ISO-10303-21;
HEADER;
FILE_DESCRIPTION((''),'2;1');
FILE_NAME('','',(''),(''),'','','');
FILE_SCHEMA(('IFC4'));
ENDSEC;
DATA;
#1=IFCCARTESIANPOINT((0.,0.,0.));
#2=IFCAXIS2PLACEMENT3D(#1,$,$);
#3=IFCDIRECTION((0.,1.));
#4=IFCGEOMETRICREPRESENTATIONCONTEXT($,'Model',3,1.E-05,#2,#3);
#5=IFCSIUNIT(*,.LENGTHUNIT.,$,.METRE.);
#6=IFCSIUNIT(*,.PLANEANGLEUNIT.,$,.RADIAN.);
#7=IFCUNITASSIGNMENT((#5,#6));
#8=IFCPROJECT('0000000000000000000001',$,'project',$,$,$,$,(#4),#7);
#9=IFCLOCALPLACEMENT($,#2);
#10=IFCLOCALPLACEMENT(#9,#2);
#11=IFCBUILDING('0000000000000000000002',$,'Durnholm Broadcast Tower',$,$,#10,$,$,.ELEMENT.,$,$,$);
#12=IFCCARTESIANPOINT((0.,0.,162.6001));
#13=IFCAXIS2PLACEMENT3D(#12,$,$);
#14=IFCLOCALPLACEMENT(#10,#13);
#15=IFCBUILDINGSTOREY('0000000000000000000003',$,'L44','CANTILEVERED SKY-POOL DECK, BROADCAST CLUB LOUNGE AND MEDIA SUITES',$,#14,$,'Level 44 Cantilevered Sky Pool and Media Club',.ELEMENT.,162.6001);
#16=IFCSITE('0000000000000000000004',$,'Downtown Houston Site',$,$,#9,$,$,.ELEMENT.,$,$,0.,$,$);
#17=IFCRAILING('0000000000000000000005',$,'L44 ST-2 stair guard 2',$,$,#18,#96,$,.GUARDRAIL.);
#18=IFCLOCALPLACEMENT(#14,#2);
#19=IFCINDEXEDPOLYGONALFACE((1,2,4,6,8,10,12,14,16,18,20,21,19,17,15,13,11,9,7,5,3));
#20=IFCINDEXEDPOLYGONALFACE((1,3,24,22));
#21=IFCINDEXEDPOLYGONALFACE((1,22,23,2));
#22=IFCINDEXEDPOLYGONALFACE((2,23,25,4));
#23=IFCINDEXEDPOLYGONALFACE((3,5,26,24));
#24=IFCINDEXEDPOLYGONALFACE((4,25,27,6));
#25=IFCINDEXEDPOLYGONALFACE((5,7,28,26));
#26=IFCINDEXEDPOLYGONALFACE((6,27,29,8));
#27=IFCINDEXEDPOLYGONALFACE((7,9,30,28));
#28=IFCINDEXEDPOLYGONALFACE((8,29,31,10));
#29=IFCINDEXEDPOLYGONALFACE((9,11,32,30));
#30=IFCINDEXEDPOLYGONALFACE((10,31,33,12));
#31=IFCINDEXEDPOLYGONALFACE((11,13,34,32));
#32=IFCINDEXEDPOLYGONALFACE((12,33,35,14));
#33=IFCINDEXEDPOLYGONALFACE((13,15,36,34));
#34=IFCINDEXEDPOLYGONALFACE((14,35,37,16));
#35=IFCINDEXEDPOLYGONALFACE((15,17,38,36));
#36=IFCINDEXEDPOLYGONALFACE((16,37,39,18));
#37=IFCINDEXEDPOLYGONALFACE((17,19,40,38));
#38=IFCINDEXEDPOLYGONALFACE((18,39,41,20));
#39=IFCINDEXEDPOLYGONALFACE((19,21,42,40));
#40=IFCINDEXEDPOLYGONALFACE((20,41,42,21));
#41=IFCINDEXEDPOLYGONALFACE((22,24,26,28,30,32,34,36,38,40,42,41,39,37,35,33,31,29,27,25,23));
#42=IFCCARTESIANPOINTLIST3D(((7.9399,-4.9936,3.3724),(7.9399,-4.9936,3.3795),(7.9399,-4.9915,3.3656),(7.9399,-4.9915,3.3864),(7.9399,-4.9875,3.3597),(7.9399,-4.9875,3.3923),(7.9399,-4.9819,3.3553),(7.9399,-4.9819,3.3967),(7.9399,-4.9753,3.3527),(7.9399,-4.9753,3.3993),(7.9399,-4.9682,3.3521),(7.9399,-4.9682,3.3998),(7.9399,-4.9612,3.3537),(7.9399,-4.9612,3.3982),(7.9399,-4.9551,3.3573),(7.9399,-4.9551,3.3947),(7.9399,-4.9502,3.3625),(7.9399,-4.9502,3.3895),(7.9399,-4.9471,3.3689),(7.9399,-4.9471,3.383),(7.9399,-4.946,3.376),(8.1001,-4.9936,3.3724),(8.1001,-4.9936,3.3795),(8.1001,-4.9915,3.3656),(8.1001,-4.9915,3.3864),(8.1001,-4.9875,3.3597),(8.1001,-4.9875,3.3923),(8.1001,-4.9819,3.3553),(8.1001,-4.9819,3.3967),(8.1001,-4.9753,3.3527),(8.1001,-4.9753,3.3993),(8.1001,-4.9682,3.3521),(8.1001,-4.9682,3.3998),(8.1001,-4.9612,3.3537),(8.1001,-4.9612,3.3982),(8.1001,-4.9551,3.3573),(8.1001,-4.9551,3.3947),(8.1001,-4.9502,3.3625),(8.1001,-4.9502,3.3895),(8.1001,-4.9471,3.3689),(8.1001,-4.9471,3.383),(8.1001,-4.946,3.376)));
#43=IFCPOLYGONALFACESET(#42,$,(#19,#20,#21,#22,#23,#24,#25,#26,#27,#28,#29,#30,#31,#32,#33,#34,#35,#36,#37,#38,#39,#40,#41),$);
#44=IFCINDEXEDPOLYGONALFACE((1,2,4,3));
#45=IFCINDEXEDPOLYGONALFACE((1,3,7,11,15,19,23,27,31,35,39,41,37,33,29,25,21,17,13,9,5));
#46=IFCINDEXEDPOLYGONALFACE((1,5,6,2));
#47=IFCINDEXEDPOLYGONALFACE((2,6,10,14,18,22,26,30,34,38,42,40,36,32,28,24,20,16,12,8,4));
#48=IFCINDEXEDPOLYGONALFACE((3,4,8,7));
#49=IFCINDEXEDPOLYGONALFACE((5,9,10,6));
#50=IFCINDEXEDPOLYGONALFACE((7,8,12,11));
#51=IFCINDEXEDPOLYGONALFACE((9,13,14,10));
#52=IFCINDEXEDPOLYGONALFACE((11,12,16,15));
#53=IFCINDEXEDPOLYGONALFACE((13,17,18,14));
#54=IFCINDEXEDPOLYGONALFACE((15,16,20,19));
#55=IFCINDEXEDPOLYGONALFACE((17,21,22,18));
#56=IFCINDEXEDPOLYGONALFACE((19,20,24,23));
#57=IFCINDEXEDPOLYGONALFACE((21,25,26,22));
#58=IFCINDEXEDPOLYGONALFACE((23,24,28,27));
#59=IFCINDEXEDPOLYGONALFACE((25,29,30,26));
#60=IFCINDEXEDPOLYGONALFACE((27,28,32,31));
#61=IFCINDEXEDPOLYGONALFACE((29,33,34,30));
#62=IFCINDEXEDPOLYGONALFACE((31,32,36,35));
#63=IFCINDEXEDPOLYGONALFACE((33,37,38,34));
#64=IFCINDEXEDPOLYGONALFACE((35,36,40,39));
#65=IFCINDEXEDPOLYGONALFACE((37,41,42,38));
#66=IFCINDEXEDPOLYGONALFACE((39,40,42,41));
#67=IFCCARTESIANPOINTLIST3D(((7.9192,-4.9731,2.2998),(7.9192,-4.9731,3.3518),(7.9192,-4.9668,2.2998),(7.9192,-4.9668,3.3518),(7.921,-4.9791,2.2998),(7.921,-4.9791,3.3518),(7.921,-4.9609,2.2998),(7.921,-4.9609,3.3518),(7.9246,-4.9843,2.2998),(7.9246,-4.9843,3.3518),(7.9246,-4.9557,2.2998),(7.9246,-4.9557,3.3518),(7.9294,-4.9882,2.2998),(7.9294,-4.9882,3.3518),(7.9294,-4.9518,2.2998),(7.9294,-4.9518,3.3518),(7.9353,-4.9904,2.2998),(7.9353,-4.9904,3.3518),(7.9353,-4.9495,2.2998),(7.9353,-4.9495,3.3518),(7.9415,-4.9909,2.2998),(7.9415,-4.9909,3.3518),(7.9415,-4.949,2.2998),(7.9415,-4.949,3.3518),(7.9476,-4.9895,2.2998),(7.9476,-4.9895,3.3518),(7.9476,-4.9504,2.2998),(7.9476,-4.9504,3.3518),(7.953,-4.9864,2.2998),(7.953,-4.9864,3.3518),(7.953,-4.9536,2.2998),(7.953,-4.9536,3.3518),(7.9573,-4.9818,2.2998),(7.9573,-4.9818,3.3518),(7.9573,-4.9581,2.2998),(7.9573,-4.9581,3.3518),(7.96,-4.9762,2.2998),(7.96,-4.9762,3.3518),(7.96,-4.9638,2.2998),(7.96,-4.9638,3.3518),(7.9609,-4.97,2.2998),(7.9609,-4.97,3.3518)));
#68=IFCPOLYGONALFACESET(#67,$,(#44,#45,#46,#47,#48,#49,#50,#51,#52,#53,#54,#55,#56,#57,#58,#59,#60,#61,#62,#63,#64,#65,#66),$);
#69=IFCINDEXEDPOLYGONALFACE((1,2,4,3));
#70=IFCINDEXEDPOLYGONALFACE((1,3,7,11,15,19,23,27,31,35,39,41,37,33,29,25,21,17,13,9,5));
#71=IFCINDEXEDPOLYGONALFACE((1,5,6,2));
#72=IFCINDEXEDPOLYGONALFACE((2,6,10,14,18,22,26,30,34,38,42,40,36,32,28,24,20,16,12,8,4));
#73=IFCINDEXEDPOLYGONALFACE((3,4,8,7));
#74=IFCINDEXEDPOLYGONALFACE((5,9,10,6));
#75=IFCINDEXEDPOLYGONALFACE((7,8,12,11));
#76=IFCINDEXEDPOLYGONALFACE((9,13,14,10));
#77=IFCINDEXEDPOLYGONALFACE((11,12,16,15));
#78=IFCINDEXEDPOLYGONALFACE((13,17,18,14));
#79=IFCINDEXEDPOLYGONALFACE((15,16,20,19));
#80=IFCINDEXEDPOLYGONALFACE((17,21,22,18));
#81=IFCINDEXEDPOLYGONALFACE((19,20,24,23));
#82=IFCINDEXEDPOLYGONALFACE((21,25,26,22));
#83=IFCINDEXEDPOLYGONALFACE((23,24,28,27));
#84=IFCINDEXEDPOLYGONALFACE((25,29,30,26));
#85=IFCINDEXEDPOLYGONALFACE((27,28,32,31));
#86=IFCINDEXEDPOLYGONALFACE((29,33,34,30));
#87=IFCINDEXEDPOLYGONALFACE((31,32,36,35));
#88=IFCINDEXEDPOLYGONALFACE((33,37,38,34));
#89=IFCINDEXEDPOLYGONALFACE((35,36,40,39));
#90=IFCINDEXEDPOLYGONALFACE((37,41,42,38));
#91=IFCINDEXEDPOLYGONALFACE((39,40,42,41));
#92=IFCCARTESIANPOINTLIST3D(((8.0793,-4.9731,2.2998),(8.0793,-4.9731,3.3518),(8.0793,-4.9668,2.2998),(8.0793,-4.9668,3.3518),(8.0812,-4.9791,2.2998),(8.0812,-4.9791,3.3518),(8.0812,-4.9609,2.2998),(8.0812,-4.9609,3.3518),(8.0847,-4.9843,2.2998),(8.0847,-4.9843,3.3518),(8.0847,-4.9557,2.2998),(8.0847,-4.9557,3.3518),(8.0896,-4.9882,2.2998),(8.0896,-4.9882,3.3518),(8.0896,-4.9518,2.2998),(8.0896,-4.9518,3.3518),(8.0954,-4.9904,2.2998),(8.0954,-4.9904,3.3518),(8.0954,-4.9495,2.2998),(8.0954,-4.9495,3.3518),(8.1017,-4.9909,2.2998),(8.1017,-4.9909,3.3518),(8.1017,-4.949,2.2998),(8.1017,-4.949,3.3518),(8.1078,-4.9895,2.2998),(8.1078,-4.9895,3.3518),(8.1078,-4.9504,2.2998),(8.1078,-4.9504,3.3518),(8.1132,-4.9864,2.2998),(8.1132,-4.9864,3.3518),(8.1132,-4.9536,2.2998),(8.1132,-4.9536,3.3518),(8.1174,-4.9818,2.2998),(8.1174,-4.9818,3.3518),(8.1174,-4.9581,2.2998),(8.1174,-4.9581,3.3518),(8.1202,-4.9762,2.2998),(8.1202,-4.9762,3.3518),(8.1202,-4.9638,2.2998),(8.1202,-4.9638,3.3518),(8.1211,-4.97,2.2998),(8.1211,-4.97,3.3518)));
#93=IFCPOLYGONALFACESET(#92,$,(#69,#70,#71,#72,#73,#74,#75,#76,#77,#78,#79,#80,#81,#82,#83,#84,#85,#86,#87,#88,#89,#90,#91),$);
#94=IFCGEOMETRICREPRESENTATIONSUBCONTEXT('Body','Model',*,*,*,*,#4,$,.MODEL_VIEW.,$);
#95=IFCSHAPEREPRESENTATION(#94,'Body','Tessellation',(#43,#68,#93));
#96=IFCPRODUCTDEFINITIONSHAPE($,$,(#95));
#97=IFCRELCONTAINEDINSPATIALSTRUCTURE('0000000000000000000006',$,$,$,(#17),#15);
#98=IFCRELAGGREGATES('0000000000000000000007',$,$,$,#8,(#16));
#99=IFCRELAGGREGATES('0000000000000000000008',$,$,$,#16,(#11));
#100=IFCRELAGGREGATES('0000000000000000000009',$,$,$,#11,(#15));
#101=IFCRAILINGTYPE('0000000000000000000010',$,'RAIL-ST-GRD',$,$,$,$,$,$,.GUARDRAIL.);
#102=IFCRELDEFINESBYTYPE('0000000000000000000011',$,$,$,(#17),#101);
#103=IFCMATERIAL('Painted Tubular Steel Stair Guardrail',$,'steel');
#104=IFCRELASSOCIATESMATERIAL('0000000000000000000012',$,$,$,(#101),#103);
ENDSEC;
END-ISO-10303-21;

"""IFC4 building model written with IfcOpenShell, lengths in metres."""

from ifc_helpers import new_model, si_unit, direction, frame, origin, origin_2d, place, context, subcontext, project, spatial, circle, extrude, material, type_object, element, save


model = new_model("IFC4")

# Units and contexts
model_context = context("Model", 3, precision=1e-05, world=origin(), true_north=direction((0.0, 1.0)))
body_context = subcontext(model_context, "Body", "Model", "MODEL_VIEW")
ifc_project = project(units=[si_unit("LENGTHUNIT", "METRE"), si_unit("PLANEANGLEUNIT", "RADIAN")], contexts=[model_context])

# Site, building, storey
site_placement = place(None, origin())
site = spatial("IfcSite", under=ifc_project, at=site_placement, Name="Downtown Houston Site", CompositionType="ELEMENT", RefElevation=0.0)
building_placement = place(site_placement, origin())
building = spatial("IfcBuilding", under=site, at=building_placement, Name="Durnholm Broadcast Tower", CompositionType="ELEMENT")
storey_placement = place(building_placement, frame((0.0, 0.0, 162.6001)))
storey = spatial("IfcBuildingStorey", under=building, at=storey_placement, Name="L44", Description="CANTILEVERED SKY-POOL DECK, BROADCAST CLUB LOUNGE AND MEDIA SUITES", LongName="Level 44 Cantilevered Sky Pool and Media Club", CompositionType="ELEMENT", Elevation=162.6001)

# Railing
ifc_material_1 = material(Name="Painted Tubular Steel Stair Guardrail", Category="steel")
railing_type_1 = type_object("IfcRailingType", Name="RAIL-ST-GRD", PredefinedType="GUARDRAIL", material=ifc_material_1)
railing_1_placement = place(storey_placement, frame((7.9399, -4.97, 2.2998)))
element("IfcRailing", 1, at=railing_1_placement, inside=storey, type_object=railing_type_1, Name="L44 ST-2 stair guard 2", PredefinedType="GUARDRAIL", context=body_context, shape_type="SweptSolid", body=[
    extrude(circle(Radius=0.0239, at=origin_2d()), frame((0.0, 0.0, 1.0762), z_axis=(1.0, 0.0, 0.0), x_axis=(0.0, 1.0, 0.0)), (0.0, 0.0, 1.0), 0.1602),
    extrude(circle(Radius=0.021, at=origin_2d()), origin(), (0.0, 0.0, 1.0), 1.052),
    extrude(circle(Radius=0.021, at=origin_2d()), frame((0.1602, 0.0, 0.0)), (0.0, 0.0, 1.0), 1.052),
])

save(model, "model.ifc")
